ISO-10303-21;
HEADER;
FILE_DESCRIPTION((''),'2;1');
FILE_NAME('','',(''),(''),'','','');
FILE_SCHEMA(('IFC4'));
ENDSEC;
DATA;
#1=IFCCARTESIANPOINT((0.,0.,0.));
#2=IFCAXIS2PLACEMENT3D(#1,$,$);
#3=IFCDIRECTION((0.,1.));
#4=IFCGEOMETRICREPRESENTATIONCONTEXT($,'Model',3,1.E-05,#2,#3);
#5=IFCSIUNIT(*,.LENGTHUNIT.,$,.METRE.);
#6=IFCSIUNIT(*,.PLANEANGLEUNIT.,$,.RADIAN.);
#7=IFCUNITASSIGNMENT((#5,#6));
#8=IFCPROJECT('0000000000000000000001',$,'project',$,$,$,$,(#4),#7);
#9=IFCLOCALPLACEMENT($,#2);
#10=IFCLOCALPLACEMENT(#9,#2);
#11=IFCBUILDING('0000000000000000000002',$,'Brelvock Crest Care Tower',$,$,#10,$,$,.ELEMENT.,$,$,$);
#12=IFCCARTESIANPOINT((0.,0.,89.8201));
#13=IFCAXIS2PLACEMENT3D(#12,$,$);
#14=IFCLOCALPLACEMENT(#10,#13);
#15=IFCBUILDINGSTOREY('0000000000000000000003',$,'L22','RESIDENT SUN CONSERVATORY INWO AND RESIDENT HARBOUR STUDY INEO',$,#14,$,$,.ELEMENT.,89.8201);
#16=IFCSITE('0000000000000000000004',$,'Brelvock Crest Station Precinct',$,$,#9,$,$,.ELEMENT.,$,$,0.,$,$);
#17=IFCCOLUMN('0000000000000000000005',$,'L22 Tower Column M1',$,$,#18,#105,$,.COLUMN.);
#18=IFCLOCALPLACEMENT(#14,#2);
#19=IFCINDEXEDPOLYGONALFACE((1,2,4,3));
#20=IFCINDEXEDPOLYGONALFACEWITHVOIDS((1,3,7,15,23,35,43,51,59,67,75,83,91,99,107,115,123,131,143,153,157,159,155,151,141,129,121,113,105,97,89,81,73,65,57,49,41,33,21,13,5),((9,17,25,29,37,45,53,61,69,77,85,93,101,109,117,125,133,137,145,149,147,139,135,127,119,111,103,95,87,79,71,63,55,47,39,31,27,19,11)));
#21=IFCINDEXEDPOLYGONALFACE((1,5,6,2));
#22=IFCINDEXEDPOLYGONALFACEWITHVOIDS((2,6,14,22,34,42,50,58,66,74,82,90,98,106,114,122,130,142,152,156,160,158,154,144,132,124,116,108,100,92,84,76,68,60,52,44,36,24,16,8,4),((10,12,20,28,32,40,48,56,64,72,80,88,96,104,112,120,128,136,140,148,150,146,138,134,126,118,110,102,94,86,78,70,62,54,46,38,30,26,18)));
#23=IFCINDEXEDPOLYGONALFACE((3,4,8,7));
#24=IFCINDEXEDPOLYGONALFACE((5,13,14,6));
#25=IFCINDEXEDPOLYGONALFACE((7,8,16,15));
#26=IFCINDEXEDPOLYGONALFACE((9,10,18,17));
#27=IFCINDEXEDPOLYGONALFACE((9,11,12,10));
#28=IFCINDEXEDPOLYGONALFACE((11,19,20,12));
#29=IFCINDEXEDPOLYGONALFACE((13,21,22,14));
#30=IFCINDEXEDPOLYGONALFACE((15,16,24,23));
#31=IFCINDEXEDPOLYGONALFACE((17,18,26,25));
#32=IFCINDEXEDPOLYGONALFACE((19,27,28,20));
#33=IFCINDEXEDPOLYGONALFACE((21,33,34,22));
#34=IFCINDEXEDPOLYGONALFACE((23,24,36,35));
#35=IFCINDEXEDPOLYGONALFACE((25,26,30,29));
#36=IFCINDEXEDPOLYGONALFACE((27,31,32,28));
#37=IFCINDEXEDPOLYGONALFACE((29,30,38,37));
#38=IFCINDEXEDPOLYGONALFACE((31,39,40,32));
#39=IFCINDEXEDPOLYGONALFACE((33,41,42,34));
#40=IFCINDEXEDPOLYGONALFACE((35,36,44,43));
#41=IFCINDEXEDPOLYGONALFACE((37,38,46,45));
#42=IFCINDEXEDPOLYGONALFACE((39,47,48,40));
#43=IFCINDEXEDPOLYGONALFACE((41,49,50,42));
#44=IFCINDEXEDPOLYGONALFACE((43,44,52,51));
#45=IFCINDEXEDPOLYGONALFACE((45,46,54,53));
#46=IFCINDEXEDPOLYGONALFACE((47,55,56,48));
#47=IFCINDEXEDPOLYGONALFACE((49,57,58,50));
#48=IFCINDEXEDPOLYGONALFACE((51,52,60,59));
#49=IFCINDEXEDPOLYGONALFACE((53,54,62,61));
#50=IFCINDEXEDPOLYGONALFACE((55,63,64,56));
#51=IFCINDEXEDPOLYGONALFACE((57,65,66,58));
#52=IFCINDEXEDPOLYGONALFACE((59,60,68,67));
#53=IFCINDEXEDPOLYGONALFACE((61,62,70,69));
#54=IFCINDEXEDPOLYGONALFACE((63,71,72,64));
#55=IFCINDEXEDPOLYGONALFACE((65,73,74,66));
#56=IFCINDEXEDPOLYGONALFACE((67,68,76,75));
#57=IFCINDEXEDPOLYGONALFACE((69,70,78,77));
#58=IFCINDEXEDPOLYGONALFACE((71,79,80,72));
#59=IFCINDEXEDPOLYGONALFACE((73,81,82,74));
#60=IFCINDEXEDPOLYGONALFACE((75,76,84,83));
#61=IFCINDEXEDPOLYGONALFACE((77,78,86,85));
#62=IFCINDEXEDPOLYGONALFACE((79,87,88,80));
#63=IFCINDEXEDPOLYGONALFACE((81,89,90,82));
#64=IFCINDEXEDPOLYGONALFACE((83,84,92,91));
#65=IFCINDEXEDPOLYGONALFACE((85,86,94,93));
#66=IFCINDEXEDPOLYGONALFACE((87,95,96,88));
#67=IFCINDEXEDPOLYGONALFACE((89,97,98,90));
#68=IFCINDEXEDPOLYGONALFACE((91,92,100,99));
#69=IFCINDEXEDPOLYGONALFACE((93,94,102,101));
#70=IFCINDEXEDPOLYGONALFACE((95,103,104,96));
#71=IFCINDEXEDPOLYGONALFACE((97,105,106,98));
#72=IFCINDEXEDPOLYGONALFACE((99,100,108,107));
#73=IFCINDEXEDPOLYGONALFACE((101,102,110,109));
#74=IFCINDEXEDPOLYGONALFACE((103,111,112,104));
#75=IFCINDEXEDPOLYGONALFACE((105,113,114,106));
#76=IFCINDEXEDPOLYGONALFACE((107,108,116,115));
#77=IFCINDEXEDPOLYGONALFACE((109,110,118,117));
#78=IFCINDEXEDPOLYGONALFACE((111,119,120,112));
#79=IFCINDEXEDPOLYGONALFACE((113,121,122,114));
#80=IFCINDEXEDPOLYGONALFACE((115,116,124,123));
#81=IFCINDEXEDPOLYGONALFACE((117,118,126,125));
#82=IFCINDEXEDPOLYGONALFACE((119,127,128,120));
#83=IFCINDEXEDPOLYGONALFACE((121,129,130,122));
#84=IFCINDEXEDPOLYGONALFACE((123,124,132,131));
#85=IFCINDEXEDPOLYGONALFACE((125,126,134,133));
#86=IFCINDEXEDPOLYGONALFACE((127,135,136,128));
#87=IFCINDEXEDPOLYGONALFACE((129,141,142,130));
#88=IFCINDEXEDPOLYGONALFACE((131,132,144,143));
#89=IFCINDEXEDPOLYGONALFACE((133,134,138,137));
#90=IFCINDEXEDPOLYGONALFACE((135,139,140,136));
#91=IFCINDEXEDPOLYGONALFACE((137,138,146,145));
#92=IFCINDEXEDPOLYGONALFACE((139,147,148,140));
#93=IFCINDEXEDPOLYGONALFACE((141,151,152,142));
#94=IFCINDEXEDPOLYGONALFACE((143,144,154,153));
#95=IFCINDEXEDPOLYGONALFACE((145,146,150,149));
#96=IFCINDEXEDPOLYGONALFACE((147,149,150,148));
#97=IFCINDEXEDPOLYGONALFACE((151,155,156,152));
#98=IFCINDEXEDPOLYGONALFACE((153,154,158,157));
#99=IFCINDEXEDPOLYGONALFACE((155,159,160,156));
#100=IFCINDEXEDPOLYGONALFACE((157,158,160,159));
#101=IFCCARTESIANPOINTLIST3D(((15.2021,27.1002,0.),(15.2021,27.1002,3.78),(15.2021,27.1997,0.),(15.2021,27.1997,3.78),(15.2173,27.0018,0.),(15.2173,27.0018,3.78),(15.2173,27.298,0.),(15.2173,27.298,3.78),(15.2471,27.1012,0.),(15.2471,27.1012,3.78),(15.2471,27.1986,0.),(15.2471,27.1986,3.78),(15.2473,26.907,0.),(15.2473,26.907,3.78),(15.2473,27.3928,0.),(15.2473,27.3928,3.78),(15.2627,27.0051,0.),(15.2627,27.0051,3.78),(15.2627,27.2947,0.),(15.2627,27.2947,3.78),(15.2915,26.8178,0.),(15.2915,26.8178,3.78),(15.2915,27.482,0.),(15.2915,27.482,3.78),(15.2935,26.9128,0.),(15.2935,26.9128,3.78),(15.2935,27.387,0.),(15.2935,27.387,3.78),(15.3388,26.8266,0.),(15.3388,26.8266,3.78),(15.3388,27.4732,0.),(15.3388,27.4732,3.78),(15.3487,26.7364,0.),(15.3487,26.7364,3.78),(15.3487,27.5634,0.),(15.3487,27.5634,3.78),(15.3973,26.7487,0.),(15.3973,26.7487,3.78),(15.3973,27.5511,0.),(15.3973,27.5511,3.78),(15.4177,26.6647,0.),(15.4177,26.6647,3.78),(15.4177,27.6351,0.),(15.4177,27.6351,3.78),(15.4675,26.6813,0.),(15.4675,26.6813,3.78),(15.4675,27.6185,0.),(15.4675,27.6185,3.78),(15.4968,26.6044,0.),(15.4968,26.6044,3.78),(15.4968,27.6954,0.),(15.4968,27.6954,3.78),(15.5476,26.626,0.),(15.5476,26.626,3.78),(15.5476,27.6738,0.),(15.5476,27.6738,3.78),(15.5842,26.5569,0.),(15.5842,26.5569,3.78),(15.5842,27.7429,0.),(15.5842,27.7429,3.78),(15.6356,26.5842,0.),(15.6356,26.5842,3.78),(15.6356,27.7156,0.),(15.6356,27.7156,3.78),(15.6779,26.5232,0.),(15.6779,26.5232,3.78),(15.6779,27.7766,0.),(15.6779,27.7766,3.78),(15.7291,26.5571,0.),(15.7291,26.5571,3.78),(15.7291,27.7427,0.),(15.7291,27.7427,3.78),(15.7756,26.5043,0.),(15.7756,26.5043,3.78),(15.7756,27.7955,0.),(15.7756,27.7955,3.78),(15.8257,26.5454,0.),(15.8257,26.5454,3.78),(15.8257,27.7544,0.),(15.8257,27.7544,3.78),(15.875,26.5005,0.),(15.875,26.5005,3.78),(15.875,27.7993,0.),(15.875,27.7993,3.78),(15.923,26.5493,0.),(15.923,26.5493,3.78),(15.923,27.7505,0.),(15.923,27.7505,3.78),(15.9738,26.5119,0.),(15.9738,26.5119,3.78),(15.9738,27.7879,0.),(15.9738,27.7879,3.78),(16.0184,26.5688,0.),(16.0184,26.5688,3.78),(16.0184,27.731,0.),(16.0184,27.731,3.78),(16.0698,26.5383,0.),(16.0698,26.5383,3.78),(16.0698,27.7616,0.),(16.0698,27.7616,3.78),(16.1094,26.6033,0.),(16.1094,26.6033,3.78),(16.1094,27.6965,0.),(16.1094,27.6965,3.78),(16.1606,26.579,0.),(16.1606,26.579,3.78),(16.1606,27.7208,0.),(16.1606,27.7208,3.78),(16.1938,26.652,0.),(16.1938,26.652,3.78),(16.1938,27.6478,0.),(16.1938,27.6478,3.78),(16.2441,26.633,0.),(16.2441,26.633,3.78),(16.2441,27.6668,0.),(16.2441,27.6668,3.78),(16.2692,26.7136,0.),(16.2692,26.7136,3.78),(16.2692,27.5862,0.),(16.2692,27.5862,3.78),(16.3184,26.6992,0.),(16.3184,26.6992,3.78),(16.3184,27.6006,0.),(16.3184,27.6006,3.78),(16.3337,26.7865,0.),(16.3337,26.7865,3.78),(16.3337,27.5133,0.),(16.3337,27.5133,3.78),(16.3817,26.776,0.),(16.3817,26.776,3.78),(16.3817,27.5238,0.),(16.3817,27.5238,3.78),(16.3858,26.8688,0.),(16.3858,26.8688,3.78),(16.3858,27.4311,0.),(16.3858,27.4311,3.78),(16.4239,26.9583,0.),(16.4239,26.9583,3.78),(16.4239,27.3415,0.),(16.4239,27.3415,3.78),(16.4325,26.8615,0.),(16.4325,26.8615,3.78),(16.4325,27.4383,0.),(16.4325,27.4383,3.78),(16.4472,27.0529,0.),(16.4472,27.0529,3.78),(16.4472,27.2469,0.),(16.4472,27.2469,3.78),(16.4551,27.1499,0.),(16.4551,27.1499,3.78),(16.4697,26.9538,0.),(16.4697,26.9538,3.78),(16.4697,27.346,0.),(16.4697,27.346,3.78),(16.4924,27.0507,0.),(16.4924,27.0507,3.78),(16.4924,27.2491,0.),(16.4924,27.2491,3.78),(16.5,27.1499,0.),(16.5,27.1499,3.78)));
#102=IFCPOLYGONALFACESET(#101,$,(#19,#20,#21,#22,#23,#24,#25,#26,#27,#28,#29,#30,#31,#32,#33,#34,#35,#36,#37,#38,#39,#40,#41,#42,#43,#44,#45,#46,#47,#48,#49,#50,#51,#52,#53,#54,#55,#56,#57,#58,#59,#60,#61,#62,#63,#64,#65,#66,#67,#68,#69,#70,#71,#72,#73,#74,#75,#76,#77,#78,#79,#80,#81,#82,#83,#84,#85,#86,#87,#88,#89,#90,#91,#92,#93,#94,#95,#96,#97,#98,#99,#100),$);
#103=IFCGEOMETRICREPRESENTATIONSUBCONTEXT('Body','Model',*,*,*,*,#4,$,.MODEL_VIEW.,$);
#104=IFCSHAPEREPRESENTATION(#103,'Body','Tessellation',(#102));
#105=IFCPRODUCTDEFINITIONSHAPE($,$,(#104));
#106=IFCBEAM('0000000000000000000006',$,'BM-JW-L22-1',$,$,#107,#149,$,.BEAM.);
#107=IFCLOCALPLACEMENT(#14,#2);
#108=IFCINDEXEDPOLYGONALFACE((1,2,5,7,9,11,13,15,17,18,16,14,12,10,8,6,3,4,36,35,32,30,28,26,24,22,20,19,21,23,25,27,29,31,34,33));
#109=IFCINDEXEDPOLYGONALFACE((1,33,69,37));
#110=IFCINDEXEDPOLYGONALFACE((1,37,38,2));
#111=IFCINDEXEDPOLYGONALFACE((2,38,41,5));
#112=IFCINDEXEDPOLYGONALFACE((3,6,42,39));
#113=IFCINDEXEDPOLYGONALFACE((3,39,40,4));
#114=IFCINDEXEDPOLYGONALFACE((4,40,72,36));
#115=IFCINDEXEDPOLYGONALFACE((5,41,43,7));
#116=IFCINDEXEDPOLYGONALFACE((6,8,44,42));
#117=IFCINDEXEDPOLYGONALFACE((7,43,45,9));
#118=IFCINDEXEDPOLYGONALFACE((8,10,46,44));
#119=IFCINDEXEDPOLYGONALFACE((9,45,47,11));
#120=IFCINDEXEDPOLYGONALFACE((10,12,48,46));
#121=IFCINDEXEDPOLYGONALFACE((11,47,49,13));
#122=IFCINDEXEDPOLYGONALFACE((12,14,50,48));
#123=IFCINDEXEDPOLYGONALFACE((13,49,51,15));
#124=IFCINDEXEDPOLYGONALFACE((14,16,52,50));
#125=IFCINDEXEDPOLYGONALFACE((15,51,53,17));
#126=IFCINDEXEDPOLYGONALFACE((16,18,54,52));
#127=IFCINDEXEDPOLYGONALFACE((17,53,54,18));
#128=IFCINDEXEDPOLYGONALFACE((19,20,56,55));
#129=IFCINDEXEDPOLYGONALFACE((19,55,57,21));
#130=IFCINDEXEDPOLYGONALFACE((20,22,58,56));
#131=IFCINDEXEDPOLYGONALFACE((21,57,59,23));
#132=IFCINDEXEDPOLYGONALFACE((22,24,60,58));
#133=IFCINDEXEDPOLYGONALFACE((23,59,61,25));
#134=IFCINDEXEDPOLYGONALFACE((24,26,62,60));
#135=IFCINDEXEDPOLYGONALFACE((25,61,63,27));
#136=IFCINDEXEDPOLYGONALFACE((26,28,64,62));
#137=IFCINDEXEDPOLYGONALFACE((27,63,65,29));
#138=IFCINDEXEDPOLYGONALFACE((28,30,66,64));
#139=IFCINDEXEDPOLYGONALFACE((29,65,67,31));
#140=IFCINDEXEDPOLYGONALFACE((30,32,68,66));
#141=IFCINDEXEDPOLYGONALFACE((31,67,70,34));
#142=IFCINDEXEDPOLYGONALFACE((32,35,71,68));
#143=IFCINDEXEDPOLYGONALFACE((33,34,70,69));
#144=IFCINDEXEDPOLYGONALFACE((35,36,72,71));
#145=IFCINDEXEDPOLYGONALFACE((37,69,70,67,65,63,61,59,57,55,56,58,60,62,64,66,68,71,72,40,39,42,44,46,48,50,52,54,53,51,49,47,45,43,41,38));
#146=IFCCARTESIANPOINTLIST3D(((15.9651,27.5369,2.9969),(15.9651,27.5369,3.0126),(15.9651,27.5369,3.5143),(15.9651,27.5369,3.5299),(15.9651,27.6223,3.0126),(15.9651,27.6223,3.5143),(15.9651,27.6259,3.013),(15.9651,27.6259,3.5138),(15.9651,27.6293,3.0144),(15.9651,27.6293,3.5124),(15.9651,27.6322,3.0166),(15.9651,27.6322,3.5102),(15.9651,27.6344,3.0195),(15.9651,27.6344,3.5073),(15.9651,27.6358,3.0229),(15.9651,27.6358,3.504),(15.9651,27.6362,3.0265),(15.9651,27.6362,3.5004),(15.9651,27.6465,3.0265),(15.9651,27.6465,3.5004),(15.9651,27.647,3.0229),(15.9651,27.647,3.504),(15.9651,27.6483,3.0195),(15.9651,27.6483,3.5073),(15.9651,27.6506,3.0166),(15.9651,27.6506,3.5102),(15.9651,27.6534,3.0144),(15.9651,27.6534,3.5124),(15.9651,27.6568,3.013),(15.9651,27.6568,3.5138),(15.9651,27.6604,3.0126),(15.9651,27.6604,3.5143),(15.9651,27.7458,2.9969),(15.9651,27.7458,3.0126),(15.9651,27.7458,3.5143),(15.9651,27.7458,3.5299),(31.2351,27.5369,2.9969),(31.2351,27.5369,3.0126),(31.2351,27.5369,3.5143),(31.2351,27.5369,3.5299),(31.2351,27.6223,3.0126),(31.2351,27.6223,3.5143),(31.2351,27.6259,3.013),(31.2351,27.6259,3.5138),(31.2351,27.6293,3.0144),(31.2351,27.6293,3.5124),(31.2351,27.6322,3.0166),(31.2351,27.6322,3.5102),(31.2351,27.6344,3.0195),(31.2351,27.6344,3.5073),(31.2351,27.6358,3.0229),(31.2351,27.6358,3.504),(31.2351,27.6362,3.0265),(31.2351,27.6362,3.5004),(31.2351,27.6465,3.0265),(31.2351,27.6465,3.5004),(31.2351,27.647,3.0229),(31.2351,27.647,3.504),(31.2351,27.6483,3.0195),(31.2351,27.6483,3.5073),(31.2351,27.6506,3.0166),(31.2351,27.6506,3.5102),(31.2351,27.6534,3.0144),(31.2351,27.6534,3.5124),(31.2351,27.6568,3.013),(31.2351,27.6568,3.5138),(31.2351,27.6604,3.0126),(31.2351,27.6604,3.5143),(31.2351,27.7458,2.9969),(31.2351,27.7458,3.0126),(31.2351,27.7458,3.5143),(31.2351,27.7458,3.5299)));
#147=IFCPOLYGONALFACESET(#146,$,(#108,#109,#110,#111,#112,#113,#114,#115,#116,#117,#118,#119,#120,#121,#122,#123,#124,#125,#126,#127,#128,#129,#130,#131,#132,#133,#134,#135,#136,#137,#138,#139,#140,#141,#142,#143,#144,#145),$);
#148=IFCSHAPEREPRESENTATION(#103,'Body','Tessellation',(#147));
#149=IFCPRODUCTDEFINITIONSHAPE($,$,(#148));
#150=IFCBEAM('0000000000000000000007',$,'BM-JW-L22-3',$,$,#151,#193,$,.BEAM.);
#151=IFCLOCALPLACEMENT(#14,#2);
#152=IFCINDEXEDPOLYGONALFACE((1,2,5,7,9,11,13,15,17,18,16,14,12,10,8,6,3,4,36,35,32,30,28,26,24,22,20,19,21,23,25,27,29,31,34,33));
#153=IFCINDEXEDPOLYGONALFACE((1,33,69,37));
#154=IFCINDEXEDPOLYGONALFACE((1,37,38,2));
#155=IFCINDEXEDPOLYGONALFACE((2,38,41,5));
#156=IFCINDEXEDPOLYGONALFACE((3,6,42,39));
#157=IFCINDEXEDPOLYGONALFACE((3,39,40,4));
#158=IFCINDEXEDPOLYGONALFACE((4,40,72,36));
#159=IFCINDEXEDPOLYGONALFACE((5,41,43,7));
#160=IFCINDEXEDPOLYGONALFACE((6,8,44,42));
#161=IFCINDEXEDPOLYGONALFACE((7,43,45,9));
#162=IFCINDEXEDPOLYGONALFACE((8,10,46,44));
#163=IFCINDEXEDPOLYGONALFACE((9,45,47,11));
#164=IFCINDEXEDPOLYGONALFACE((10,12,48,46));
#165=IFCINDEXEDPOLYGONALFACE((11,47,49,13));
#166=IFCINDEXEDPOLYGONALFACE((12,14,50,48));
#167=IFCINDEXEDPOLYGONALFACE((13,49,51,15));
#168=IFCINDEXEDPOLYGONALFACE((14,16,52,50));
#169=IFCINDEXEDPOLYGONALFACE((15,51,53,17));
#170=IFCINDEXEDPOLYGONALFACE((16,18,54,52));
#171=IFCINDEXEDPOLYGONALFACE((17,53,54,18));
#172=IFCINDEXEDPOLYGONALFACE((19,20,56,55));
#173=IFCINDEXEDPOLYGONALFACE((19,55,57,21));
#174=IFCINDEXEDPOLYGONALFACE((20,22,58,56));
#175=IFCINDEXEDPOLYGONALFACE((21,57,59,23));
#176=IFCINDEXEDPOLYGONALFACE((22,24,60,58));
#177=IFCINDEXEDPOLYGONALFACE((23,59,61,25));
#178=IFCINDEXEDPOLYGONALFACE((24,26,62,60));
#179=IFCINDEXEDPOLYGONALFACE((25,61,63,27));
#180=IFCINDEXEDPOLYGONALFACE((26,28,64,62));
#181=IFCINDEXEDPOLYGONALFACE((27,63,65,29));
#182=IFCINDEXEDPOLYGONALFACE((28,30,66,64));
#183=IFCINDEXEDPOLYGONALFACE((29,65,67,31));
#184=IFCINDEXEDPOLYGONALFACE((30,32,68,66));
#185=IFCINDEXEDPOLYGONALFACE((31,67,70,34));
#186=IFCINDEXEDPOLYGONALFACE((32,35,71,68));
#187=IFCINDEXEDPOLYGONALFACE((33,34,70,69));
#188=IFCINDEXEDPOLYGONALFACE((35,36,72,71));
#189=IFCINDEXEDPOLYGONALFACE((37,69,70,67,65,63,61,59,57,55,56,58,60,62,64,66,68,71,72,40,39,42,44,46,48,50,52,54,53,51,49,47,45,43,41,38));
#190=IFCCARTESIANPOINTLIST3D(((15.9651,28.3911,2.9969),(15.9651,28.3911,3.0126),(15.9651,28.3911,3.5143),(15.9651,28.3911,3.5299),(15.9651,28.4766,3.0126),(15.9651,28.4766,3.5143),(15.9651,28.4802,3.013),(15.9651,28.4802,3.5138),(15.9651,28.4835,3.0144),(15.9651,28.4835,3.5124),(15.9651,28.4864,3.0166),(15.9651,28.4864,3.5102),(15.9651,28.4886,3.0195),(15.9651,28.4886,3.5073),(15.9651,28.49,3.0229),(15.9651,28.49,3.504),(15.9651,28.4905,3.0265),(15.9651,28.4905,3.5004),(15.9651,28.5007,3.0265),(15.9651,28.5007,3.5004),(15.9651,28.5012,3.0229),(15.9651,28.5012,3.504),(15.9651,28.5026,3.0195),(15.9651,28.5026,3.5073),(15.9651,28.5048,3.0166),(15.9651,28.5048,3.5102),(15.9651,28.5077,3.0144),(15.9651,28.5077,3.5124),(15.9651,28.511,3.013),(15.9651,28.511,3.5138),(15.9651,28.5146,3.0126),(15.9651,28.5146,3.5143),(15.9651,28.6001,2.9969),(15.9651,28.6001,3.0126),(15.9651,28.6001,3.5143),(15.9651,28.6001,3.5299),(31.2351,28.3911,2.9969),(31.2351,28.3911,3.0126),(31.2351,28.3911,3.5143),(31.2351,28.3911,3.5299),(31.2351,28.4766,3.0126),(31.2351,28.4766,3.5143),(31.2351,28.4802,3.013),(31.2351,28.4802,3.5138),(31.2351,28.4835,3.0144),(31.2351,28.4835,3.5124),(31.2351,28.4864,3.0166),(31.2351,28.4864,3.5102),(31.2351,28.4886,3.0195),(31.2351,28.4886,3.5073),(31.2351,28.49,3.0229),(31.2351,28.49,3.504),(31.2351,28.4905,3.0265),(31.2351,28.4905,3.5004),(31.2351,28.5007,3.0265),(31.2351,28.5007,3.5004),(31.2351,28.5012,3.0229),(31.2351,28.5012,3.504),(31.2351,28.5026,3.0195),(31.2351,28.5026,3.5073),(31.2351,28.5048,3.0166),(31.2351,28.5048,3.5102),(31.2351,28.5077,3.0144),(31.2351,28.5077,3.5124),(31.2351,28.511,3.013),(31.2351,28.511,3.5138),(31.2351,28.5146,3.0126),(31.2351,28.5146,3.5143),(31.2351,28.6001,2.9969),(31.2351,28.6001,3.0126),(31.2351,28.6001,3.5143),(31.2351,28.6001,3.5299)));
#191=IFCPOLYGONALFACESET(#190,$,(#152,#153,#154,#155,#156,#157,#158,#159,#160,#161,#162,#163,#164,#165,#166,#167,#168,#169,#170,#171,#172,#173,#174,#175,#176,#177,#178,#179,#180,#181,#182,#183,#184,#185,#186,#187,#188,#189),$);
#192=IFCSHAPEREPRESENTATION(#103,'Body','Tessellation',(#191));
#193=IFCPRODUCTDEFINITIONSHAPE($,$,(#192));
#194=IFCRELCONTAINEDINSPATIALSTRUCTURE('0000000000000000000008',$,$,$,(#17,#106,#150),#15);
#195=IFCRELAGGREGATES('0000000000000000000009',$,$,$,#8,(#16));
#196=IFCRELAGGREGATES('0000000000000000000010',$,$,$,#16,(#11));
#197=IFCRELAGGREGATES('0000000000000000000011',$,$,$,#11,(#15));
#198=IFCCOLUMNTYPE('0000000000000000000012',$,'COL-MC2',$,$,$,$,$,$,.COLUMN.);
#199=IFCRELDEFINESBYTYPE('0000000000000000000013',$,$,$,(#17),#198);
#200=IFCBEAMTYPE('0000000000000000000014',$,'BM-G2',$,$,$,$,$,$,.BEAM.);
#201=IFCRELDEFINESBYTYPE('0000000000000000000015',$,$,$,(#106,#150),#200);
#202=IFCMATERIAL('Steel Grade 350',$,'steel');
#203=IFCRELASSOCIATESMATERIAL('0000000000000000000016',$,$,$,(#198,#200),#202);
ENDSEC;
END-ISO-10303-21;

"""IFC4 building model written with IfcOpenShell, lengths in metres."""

from ifc_helpers import new_model, si_unit, direction, frame, origin, origin_2d, place, context, subcontext, project, spatial, hollow_circle, i_section, extrude, source, transform, mapped, material, material_profile, profile_set, type_object, element, save


model = new_model("IFC4")

# Units and contexts
model_context = context("Model", 3, precision=1e-05, world=origin(), true_north=direction((0.0, 1.0)))
body_context = subcontext(model_context, "Body", "Model", "MODEL_VIEW")
ifc_project = project(units=[si_unit("LENGTHUNIT", "METRE"), si_unit("PLANEANGLEUNIT", "RADIAN")], contexts=[model_context])

# Site, building, storey
site_placement = place(None, origin())
site = spatial("IfcSite", under=ifc_project, at=site_placement, Name="Brelvock Crest Station Precinct", CompositionType="ELEMENT", RefElevation=0.0)
building_placement = place(site_placement, origin())
building = spatial("IfcBuilding", under=site, at=building_placement, Name="Brelvock Crest Care Tower", CompositionType="ELEMENT")
storey_placement = place(building_placement, frame((0.0, 0.0, 89.8201)))
storey = spatial("IfcBuildingStorey", under=building, at=storey_placement, Name="L22", Description="RESIDENT SUN CONSERVATORY INWO AND RESIDENT HARBOUR STUDY INEO", CompositionType="ELEMENT", Elevation=89.8201)

# Column
ifc_material_1 = material(Name="Steel Grade 350", Category="steel")
ifc_material_profile_1 = material_profile(ifc_material_1, hollow_circle(Radius=0.6499, WallThickness=0.0449, at=origin_2d()), Name="CFT1300x45")
ifc_profile_set_1 = profile_set([ifc_material_profile_1], Name="Steel Grade 350")
column_type = type_object("IfcColumnType", Name="COL-MC2", PredefinedType="COLUMN", material=ifc_profile_set_1)
shared_shape_1 = source(origin(), body_context, "Body", "SweptSolid", [
    extrude(hollow_circle(Radius=0.6499, WallThickness=0.0449, at=origin_2d()), origin(), (0.0, 0.0, 1.0), 3.78),
])
column_placement = place(storey_placement, frame((15.8501, 27.1499, 0.0), z_axis=(0.0, 0.0, 1.0), x_axis=(1.0, 0.0, 0.0)))
element("IfcColumn", 1, at=column_placement, inside=storey, type_object=column_type, Name="L22 Tower Column M1", PredefinedType="COLUMN", context=body_context, shape_type="MappedRepresentation", body=[
    mapped(shared_shape_1, transform((0.0, 0.0, 0.0), x_axis=(1.0, 0.0, 0.0), y_axis=(0.0, 1.0, 0.0), z_axis=(0.0, 0.0, 1.0), scale=1.0)),
])

# Beams
ifc_material_profile_2 = material_profile(ifc_material_1, i_section(OverallWidth=0.209, OverallDepth=0.533, WebThickness=0.0103, FlangeThickness=0.0156, FilletRadius=0.0139, at=origin_2d()), Name="530UB92.4")
ifc_profile_set_2 = profile_set([ifc_material_profile_2], Name="Steel Grade 350")
beam_type_1 = type_object("IfcBeamType", Name="BM-G2", PredefinedType="BEAM", material=ifc_profile_set_2)
shared_shape_2 = source(origin(), body_context, "Body", "SweptSolid", [
    extrude(i_section(OverallWidth=0.209, OverallDepth=0.533, WebThickness=0.0103, FlangeThickness=0.0156, FilletRadius=0.0139, at=origin_2d()), origin(), (0.0, 0.0, 1.0), 15.27),
])
for number, where, z_axis, x_axis, name in (
    (2, (15.9651, 27.6414, 3.2634), (1.0, 0.0, 0.0), (0.0, 1.0, 0.0), "BM-JW-L22-1"),
    (3, (15.9651, 28.4956, 3.2634), (1.0, 0.0, 0.0), (0.0, 1.0, 0.0), "BM-JW-L22-3"),
):
    element("IfcBeam", number, at=place(storey_placement, frame(where, z_axis=z_axis, x_axis=x_axis)), inside=storey, type_object=beam_type_1, Name=name, PredefinedType="BEAM", context=body_context, shape_type="MappedRepresentation", body=[
        mapped(shared_shape_2, transform((0.0, 0.0, 0.0), x_axis=(1.0, 0.0, 0.0), y_axis=(0.0, 1.0, 0.0), z_axis=(0.0, 0.0, 1.0), scale=1.0)),
    ])

save(model, "model.ifc")
